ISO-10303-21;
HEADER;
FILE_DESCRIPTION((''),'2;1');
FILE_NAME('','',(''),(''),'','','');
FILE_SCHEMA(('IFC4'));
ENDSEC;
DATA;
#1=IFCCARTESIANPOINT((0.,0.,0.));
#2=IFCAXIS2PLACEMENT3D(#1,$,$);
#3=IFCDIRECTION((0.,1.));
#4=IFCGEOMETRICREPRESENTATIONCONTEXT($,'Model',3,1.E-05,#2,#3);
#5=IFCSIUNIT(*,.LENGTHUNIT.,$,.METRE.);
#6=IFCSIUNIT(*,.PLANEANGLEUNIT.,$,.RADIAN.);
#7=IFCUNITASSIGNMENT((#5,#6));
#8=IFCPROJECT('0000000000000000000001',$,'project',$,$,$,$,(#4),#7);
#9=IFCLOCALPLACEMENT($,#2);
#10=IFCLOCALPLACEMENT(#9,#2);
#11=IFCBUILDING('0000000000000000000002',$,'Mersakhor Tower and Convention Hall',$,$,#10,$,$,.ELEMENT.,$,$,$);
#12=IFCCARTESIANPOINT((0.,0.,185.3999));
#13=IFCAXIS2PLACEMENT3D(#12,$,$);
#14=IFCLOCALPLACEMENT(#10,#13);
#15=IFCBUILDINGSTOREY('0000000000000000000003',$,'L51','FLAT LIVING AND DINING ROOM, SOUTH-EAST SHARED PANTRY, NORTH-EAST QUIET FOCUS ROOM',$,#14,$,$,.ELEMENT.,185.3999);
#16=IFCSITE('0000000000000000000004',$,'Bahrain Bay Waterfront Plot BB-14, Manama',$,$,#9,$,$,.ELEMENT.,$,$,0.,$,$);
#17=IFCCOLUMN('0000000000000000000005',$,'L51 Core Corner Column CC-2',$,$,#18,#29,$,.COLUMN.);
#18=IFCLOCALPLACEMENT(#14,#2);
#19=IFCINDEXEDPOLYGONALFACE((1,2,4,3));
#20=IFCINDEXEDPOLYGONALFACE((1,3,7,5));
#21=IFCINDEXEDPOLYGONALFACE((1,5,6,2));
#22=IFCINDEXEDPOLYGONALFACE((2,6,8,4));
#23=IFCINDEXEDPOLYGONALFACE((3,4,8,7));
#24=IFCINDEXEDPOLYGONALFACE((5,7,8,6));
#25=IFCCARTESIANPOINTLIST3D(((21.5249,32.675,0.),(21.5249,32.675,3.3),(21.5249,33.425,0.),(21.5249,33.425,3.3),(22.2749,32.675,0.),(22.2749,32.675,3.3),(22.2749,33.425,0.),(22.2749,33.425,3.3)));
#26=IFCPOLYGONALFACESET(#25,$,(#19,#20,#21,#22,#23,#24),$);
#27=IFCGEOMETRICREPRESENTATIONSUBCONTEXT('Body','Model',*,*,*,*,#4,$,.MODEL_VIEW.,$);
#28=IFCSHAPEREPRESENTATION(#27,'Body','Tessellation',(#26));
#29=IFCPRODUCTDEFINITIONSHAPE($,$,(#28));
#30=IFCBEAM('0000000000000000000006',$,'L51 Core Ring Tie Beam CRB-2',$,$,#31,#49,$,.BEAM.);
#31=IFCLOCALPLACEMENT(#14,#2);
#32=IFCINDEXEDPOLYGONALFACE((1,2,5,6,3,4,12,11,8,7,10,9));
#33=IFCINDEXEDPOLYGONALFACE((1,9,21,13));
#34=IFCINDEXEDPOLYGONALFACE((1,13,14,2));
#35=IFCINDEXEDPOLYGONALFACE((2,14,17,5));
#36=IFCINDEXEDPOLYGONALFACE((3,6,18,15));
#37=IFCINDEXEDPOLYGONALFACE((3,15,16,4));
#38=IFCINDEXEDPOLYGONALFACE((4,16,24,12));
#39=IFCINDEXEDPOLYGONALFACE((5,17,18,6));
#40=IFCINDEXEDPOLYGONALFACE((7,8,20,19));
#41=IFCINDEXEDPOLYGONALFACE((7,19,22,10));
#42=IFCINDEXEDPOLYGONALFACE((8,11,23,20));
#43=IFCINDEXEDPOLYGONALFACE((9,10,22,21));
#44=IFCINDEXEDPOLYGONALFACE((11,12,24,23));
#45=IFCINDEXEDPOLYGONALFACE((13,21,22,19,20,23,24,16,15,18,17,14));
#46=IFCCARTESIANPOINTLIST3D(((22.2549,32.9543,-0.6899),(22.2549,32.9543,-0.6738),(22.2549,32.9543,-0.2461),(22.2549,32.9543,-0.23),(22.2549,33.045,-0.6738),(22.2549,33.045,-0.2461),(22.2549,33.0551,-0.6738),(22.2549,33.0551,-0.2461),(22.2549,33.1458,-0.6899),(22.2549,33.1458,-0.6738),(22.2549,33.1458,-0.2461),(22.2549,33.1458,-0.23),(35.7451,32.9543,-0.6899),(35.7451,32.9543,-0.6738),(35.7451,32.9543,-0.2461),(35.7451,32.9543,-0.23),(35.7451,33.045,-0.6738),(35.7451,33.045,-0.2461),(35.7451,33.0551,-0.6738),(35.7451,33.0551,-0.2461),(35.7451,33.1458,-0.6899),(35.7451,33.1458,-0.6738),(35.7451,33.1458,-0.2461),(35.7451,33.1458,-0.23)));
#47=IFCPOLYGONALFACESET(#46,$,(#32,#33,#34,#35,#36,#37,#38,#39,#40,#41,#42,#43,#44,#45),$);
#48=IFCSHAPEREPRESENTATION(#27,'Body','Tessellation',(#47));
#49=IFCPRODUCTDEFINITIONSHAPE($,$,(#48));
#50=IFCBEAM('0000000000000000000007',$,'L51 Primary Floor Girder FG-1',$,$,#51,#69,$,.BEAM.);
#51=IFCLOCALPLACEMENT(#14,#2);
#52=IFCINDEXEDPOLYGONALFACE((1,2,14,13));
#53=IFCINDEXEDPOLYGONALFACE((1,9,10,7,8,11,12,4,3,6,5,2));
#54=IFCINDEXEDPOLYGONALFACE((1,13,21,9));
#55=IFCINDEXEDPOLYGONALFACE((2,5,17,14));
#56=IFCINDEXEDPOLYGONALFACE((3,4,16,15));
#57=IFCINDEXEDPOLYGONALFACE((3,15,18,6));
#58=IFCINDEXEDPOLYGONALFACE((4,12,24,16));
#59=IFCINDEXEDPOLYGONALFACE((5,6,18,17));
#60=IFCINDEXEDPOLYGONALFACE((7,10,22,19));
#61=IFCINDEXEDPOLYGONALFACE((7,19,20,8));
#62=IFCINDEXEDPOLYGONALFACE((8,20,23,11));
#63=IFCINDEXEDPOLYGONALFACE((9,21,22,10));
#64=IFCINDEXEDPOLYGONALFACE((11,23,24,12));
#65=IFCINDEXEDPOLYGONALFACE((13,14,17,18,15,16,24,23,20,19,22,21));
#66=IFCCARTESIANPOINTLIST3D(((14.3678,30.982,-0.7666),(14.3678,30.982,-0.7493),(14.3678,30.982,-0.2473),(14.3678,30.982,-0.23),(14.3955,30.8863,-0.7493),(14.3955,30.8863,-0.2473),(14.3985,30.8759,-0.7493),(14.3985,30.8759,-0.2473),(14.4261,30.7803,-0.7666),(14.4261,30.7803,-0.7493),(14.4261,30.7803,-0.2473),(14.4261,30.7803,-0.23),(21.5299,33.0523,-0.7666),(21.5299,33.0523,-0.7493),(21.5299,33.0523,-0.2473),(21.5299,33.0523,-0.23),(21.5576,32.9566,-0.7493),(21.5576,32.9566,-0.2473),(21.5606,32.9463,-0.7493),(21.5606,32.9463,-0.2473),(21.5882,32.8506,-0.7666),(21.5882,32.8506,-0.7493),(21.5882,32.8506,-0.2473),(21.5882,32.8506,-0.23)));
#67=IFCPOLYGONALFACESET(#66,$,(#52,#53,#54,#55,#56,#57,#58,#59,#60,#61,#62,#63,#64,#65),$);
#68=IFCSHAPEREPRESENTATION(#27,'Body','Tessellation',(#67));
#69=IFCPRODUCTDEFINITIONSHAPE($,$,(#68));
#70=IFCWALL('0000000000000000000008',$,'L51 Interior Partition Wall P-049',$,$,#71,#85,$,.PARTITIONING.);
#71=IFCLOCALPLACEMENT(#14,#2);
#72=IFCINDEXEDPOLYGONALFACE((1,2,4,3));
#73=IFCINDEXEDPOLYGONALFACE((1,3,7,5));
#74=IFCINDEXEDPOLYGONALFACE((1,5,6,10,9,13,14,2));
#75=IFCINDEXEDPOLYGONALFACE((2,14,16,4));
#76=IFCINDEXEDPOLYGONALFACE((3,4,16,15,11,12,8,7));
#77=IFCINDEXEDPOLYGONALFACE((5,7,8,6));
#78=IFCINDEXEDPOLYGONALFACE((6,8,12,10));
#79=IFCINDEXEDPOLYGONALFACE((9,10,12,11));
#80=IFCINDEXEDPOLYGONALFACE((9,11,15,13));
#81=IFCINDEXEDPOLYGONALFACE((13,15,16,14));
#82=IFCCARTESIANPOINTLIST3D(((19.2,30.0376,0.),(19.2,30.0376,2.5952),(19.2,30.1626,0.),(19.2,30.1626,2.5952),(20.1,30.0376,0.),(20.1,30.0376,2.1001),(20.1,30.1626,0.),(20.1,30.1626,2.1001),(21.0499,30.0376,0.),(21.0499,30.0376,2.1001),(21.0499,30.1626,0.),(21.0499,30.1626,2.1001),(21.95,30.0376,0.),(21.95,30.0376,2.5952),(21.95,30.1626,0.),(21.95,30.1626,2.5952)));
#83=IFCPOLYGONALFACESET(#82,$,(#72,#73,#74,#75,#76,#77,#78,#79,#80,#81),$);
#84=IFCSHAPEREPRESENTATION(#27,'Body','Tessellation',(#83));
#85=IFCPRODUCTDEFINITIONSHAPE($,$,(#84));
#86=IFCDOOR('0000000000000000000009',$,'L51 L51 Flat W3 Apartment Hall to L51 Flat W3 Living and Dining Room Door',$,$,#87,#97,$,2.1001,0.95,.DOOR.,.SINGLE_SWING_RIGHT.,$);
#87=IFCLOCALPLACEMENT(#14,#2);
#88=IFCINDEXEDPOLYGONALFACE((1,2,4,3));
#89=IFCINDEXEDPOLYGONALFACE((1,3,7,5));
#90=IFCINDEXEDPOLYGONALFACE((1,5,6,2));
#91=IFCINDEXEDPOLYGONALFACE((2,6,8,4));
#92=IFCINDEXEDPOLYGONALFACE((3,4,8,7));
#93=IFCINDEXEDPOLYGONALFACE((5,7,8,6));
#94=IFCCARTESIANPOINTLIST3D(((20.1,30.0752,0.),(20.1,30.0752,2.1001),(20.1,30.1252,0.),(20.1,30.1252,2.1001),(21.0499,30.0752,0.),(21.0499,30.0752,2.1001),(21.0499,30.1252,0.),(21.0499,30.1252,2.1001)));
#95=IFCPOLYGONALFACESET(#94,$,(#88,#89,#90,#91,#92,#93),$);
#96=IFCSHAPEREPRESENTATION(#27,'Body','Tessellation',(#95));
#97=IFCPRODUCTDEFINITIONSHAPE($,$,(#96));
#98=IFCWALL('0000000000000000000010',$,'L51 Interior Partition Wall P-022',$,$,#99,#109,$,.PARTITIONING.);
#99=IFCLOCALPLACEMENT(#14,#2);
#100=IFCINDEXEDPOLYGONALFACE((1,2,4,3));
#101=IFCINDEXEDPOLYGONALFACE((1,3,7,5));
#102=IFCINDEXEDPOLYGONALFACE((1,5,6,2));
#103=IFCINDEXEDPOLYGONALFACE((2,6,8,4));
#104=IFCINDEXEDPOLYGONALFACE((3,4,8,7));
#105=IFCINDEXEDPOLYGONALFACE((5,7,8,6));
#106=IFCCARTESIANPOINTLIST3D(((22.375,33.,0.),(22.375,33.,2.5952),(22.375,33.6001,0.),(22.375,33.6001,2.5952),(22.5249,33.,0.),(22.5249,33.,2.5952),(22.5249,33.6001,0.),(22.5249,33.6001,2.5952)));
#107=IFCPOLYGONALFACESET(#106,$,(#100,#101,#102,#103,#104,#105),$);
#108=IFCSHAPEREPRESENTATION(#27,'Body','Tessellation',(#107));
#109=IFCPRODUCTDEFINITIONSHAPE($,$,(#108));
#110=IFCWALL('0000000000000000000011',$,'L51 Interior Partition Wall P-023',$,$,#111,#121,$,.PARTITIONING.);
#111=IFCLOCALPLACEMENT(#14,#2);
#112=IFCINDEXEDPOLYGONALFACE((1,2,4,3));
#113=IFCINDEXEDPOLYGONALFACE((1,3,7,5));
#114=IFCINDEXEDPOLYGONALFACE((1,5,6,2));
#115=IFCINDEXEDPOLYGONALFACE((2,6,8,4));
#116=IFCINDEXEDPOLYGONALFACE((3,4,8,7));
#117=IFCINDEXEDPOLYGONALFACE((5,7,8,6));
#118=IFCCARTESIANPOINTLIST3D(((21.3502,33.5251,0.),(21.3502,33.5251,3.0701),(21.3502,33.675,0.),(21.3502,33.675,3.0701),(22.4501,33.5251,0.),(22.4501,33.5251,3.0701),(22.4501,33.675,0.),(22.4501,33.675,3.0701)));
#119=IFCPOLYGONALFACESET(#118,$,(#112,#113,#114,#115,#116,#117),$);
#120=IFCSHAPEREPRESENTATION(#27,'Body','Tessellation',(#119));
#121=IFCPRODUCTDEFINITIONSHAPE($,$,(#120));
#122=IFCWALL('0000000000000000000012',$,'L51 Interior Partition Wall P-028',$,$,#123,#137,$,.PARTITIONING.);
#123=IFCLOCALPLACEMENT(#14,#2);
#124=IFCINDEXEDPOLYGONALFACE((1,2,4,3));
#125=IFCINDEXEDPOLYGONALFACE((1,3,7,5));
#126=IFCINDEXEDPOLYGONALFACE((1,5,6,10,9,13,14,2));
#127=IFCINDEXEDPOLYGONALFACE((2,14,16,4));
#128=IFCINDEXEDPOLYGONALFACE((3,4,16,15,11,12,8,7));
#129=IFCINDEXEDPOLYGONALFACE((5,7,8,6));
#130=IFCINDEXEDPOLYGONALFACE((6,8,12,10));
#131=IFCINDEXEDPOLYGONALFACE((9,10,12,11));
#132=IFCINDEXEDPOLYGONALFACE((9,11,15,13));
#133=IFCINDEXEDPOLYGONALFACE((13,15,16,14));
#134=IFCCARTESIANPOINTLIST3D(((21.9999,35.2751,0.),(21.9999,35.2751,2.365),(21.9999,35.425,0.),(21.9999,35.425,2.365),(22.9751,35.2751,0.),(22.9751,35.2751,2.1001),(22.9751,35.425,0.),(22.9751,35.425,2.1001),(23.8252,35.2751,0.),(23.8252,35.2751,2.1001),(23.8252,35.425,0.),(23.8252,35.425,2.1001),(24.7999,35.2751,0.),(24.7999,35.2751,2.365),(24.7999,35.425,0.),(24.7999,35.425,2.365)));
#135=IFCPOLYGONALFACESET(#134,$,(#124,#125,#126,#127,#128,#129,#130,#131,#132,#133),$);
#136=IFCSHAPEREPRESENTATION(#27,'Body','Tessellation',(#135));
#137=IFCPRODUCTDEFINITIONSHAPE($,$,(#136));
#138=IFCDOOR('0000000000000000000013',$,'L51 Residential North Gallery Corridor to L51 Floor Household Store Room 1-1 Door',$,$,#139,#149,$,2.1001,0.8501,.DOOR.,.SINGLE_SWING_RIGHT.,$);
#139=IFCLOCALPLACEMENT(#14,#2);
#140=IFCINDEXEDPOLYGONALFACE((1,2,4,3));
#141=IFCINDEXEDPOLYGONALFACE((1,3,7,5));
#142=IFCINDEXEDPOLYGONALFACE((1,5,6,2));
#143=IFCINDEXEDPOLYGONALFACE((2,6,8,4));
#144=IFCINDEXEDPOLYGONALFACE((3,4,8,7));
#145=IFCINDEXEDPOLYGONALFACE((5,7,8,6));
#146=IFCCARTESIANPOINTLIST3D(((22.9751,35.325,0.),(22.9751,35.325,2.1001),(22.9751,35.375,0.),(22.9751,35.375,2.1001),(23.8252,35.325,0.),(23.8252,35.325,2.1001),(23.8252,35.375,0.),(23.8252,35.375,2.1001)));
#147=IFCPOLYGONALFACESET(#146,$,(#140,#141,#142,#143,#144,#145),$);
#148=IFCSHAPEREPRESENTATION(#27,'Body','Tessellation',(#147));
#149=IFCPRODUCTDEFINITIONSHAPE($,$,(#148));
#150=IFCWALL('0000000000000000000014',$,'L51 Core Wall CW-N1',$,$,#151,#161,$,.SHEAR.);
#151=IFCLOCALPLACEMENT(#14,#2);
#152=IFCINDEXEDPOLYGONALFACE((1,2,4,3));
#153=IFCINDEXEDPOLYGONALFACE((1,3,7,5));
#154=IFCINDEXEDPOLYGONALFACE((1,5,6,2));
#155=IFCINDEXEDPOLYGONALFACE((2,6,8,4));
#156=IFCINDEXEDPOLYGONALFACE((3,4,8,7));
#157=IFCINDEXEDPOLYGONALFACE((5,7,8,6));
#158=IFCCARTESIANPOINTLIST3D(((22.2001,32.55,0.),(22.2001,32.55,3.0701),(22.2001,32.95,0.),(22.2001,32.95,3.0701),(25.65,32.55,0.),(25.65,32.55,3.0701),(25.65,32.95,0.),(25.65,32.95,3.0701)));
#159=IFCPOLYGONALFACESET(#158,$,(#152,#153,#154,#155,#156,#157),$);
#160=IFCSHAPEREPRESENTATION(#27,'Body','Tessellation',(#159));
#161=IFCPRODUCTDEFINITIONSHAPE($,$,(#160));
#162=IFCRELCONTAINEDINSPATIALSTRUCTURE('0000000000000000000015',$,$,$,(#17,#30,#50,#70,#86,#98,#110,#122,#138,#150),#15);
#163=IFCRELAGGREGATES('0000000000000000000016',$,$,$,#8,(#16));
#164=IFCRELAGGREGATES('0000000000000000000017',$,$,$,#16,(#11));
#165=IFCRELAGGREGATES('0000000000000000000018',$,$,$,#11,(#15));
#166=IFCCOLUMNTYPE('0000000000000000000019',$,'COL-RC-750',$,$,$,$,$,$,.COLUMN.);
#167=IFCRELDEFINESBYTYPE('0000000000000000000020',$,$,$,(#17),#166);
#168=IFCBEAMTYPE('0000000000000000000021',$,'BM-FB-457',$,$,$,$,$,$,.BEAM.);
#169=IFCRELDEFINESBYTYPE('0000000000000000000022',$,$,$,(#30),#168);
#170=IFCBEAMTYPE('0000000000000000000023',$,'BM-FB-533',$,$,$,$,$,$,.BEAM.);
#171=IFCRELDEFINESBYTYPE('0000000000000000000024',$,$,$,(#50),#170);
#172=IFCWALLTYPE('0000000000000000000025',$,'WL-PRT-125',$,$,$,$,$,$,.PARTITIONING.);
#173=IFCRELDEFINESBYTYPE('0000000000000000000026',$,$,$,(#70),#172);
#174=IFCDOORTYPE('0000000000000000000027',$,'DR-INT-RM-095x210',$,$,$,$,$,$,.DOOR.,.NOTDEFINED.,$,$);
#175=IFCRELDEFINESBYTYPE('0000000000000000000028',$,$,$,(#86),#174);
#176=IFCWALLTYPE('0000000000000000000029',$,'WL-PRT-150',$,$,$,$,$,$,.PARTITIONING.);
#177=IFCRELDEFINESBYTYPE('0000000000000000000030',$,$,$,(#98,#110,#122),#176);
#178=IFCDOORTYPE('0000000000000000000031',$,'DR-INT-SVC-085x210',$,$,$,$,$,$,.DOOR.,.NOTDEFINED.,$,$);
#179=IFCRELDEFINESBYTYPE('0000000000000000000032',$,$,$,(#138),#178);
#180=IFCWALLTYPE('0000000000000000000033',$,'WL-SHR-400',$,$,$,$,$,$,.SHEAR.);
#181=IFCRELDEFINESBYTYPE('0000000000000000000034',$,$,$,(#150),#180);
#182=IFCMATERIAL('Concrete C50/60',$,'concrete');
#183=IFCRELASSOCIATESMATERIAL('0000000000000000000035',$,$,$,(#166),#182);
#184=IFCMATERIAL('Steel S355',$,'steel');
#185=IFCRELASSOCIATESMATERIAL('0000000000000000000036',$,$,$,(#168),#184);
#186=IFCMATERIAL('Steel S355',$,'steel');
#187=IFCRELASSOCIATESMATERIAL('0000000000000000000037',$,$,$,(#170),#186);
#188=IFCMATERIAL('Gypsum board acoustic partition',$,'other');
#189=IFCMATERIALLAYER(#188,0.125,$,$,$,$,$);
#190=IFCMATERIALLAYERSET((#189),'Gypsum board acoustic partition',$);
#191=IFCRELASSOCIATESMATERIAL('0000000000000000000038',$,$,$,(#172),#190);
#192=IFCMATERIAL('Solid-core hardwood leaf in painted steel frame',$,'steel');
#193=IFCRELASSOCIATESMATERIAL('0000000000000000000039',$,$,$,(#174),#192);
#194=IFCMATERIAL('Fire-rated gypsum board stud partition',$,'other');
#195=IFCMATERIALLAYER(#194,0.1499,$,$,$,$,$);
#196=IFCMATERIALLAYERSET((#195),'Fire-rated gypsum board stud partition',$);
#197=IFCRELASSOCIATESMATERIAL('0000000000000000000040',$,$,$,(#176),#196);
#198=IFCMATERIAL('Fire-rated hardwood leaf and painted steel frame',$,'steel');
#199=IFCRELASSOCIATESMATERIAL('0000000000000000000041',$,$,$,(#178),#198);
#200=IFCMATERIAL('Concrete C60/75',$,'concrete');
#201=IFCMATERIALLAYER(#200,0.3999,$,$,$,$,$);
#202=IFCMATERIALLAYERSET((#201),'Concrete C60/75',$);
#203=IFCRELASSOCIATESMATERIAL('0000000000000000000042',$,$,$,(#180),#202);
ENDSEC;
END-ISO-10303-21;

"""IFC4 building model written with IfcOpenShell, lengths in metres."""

from ifc_helpers import new_model, si_unit, direction, frame, frame_2d, origin, origin_2d, place, context, subcontext, project, spatial, rectangle, i_section, extrude, material, layer, layer_set, material_profile, profile_set, type_object, element, fill, save


model = new_model("IFC4")

# Units and contexts
model_context = context("Model", 3, precision=1e-05, world=origin(), true_north=direction((0.0, 1.0)))
body_context = subcontext(model_context, "Body", "Model", "MODEL_VIEW")
ifc_project = project(units=[si_unit("LENGTHUNIT", "METRE"), si_unit("PLANEANGLEUNIT", "RADIAN")], contexts=[model_context])

# Site, building, storey
site_placement = place(None, origin())
site = spatial("IfcSite", under=ifc_project, at=site_placement, Name="Bahrain Bay Waterfront Plot BB-14, Manama", CompositionType="ELEMENT", RefElevation=0.0)
building_placement = place(site_placement, origin())
building = spatial("IfcBuilding", under=site, at=building_placement, Name="Mersakhor Tower and Convention Hall", CompositionType="ELEMENT")
storey_placement = place(building_placement, frame((0.0, 0.0, 185.3999)))
storey = spatial("IfcBuildingStorey", under=building, at=storey_placement, Name="L51", Description="FLAT LIVING AND DINING ROOM, SOUTH-EAST SHARED PANTRY, NORTH-EAST QUIET FOCUS ROOM", CompositionType="ELEMENT", Elevation=185.3999)

# Column
ifc_material_1 = material(Name="Concrete C50/60", Category="concrete")
ifc_material_profile_1 = material_profile(ifc_material_1, rectangle(XDim=0.75, YDim=0.75, at=origin_2d()), Name="RC 750x750")
ifc_profile_set_1 = profile_set([ifc_material_profile_1], Name="Concrete C50/60")
column_type = type_object("IfcColumnType", Name="COL-RC-750", PredefinedType="COLUMN", material=ifc_profile_set_1)
column_placement = place(storey_placement, frame((21.8999, 33.05, 0.0), z_axis=(0.0, 0.0, 1.0), x_axis=(1.0, 0.0, 0.0)))
element("IfcColumn", 1, at=column_placement, inside=storey, type_object=column_type, Name="L51 Core Corner Column CC-2", PredefinedType="COLUMN", context=body_context, shape_type="SweptSolid", body=[
    extrude(rectangle(XDim=0.75, YDim=0.75, at=origin_2d()), origin(), (0.0, 0.0, 1.0), 3.3),
])

# Beams
ifc_material_2 = material(Name="Steel S355", Category="steel")
ifc_material_profile_2 = material_profile(ifc_material_2, i_section(OverallWidth=0.1914, OverallDepth=0.46, WebThickness=0.01, FlangeThickness=0.0161, at=origin_2d()), Name="UB 457x191x82")
ifc_profile_set_2 = profile_set([ifc_material_profile_2], Name="Steel S355")
beam_type_1 = type_object("IfcBeamType", Name="BM-FB-457", PredefinedType="BEAM", material=ifc_profile_set_2)
beam_1_placement = place(storey_placement, frame((22.2549, 33.05, -0.46), z_axis=(1.0, 0.0, 0.0), x_axis=(0.0, 1.0, 0.0)))
element("IfcBeam", 2, at=beam_1_placement, inside=storey, type_object=beam_type_1, Name="L51 Core Ring Tie Beam CRB-2", PredefinedType="BEAM", context=body_context, shape_type="SweptSolid", body=[
    extrude(i_section(OverallWidth=0.1914, OverallDepth=0.46, WebThickness=0.01, FlangeThickness=0.0161, at=origin_2d()), origin(), (0.0, 0.0, 1.0), 13.4902),
])
ifc_material_3 = material(Name="Steel S355", Category="steel")
ifc_material_profile_3 = material_profile(ifc_material_3, i_section(OverallWidth=0.21, OverallDepth=0.5366, WebThickness=0.0107, FlangeThickness=0.0173, at=origin_2d()), Name="UB 533x210x101")
ifc_profile_set_3 = profile_set([ifc_material_profile_3], Name="Steel S355")
beam_type_2 = type_object("IfcBeamType", Name="BM-FB-533", PredefinedType="BEAM", material=ifc_profile_set_3)
beam_2_placement = place(storey_placement, frame((21.5591, 32.9514, -0.4983), z_axis=(-0.960669, -0.277695, 0.0), x_axis=(0.277695, -0.960669, 0.0)))
element("IfcBeam", 3, at=beam_2_placement, inside=storey, type_object=beam_type_2, Name="L51 Primary Floor Girder FG-1", PredefinedType="BEAM", context=body_context, shape_type="SweptSolid", body=[
    extrude(i_section(OverallWidth=0.21, OverallDepth=0.5366, WebThickness=0.0107, FlangeThickness=0.0173, at=origin_2d()), origin(), (0.0, 0.0, 1.0), 7.4553),
])

# Wall, opening, door
ifc_material_4 = material(Name="Gypsum board acoustic partition", Category="other")
ifc_layer_1 = layer(ifc_material_4, 0.125)
ifc_layer_set_1 = layer_set([ifc_layer_1], Name="Gypsum board acoustic partition")
wall_type_1 = type_object("IfcWallType", Name="WL-PRT-125", PredefinedType="PARTITIONING", material=ifc_layer_set_1)
wall_1_placement = place(storey_placement, frame((21.95, 30.1001, 0.0), z_axis=(0.0, 0.0, 1.0), x_axis=(-1.0, 0.0, 0.0)))
wall_1 = element("IfcWall", 4, at=wall_1_placement, inside=storey, type_object=wall_type_1, Name="L51 Interior Partition Wall P-049", PredefinedType="PARTITIONING", context=body_context, shape_type="SweptSolid", body=[
    extrude(rectangle(XDim=2.75, YDim=0.125, at=frame_2d((1.375, 0.0))), origin(), (0.0, 0.0, 1.0), 2.5952),
])
opening_1_placement = place(wall_1_placement, frame((0.8999, 0.0, 0.0)))
opening_1 = element("IfcOpeningElement", 5, at=opening_1_placement, cuts=wall_1, PredefinedType="OPENING", context=body_context, shape_type="SweptSolid", body=[
    extrude(rectangle(XDim=0.95, YDim=2.1001, at=frame_2d((0.4751, 1.05))), frame((0.0, 0.0725, 0.0), z_axis=(0.0, -1.0, 0.0), x_axis=(1.0, 0.0, 0.0)), (0.0, 0.0, 1.0), 0.145),
])
ifc_material_5 = material(Name="Solid-core hardwood leaf in painted steel frame", Category="steel")
door_type_1 = type_object("IfcDoorType", Name="DR-INT-RM-095x210", OperationType="NOTDEFINED", PredefinedType="DOOR", material=ifc_material_5)
door_1_placement = place(opening_1_placement, origin())
door_1 = element("IfcDoor", 6, at=door_1_placement, inside=storey, type_object=door_type_1, Name="L51 L51 Flat W3 Apartment Hall to L51 Flat W3 Living and Dining Room Door", OperationType="SINGLE_SWING_RIGHT", OverallHeight=2.1001, OverallWidth=0.95, PredefinedType="DOOR", context=body_context, shape_type="SweptSolid", body=[
    extrude(rectangle(XDim=0.95, YDim=2.1001, at=frame_2d((0.4751, 1.05))), frame((0.0, 0.0249, 0.0), z_axis=(0.0, -1.0, 0.0), x_axis=(1.0, 0.0, 0.0)), (0.0, 0.0, 1.0), 0.05),
])
fill(opening_1, door_1)

# Walls
ifc_material_6 = material(Name="Fire-rated gypsum board stud partition", Category="other")
ifc_layer_2 = layer(ifc_material_6, 0.1499)
ifc_layer_set_2 = layer_set([ifc_layer_2], Name="Fire-rated gypsum board stud partition")
wall_type_2 = type_object("IfcWallType", Name="WL-PRT-150", PredefinedType="PARTITIONING", material=ifc_layer_set_2)
wall_2_placement = place(storey_placement, frame((22.45, 33.0, 0.0), z_axis=(0.0, 0.0, 1.0), x_axis=(0.0, 1.0, 0.0)))
element("IfcWall", 7, at=wall_2_placement, inside=storey, type_object=wall_type_2, Name="L51 Interior Partition Wall P-022", PredefinedType="PARTITIONING", context=body_context, shape_type="SweptSolid", body=[
    extrude(rectangle(XDim=0.6001, YDim=0.1499, at=frame_2d((0.3, 0.0))), origin(), (0.0, 0.0, 1.0), 2.5952),
])
wall_3_placement = place(storey_placement, frame((22.45, 33.6001, 0.0), z_axis=(0.0, 0.0, 1.0), x_axis=(-1.0, 0.0, 0.0)))
element("IfcWall", 8, at=wall_3_placement, inside=storey, type_object=wall_type_2, Name="L51 Interior Partition Wall P-023", PredefinedType="PARTITIONING", context=body_context, shape_type="SweptSolid", body=[
    extrude(rectangle(XDim=1.0999, YDim=0.1499, at=frame_2d((0.5498, 0.0))), origin(), (0.0, 0.0, 1.0), 3.0701),
])

# Wall, opening, door
wall_4_placement = place(storey_placement, frame((22.0, 35.3501, 0.0), z_axis=(0.0, 0.0, 1.0), x_axis=(1.0, 0.0, 0.0)))
wall_4 = element("IfcWall", 9, at=wall_4_placement, inside=storey, type_object=wall_type_2, Name="L51 Interior Partition Wall P-028", PredefinedType="PARTITIONING", context=body_context, shape_type="SweptSolid", body=[
    extrude(rectangle(XDim=2.8, YDim=0.1499, at=frame_2d((1.3999, 0.0))), origin(), (0.0, 0.0, 1.0), 2.365),
])
opening_2_placement = place(wall_4_placement, frame((0.9751, 0.0, 0.0)))
opening_2 = element("IfcOpeningElement", 10, at=opening_2_placement, cuts=wall_4, PredefinedType="OPENING", context=body_context, shape_type="SweptSolid", body=[
    extrude(rectangle(XDim=0.8501, YDim=2.1001, at=frame_2d((0.425, 1.05))), frame((0.0, 0.085, 0.0), z_axis=(0.0, -1.0, 0.0), x_axis=(1.0, 0.0, 0.0)), (0.0, 0.0, 1.0), 0.1699),
])
ifc_material_7 = material(Name="Fire-rated hardwood leaf and painted steel frame", Category="steel")
door_type_2 = type_object("IfcDoorType", Name="DR-INT-SVC-085x210", OperationType="NOTDEFINED", PredefinedType="DOOR", material=ifc_material_7)
door_2_placement = place(opening_2_placement, origin())
door_2 = element("IfcDoor", 11, at=door_2_placement, inside=storey, type_object=door_type_2, Name="L51 Residential North Gallery Corridor to L51 Floor Household Store Room 1-1 Door", OperationType="SINGLE_SWING_RIGHT", OverallHeight=2.1001, OverallWidth=0.8501, PredefinedType="DOOR", context=body_context, shape_type="SweptSolid", body=[
    extrude(rectangle(XDim=0.8501, YDim=2.1001, at=frame_2d((0.425, 1.05))), frame((0.0, 0.0249, 0.0), z_axis=(0.0, -1.0, 0.0), x_axis=(1.0, 0.0, 0.0)), (0.0, 0.0, 1.0), 0.05),
])
fill(opening_2, door_2)

# Wall
ifc_material_8 = material(Name="Concrete C60/75", Category="concrete")
ifc_layer_3 = layer(ifc_material_8, 0.3999)
ifc_layer_set_3 = layer_set([ifc_layer_3], Name="Concrete C60/75")
wall_type_3 = type_object("IfcWallType", Name="WL-SHR-400", PredefinedType="SHEAR", material=ifc_layer_set_3)
wall_5_placement = place(storey_placement, frame((22.2, 32.75, 0.0), z_axis=(0.0, 0.0, 1.0), x_axis=(1.0, 0.0, 0.0)))
element("IfcWall", 12, at=wall_5_placement, inside=storey, type_object=wall_type_3, Name="L51 Core Wall CW-N1", PredefinedType="SHEAR", context=body_context, shape_type="SweptSolid", body=[
    extrude(rectangle(XDim=3.45, YDim=0.3999, at=frame_2d((1.7251, 0.0))), origin(), (0.0, 0.0, 1.0), 3.0701),
])

save(model, "model.ifc")
